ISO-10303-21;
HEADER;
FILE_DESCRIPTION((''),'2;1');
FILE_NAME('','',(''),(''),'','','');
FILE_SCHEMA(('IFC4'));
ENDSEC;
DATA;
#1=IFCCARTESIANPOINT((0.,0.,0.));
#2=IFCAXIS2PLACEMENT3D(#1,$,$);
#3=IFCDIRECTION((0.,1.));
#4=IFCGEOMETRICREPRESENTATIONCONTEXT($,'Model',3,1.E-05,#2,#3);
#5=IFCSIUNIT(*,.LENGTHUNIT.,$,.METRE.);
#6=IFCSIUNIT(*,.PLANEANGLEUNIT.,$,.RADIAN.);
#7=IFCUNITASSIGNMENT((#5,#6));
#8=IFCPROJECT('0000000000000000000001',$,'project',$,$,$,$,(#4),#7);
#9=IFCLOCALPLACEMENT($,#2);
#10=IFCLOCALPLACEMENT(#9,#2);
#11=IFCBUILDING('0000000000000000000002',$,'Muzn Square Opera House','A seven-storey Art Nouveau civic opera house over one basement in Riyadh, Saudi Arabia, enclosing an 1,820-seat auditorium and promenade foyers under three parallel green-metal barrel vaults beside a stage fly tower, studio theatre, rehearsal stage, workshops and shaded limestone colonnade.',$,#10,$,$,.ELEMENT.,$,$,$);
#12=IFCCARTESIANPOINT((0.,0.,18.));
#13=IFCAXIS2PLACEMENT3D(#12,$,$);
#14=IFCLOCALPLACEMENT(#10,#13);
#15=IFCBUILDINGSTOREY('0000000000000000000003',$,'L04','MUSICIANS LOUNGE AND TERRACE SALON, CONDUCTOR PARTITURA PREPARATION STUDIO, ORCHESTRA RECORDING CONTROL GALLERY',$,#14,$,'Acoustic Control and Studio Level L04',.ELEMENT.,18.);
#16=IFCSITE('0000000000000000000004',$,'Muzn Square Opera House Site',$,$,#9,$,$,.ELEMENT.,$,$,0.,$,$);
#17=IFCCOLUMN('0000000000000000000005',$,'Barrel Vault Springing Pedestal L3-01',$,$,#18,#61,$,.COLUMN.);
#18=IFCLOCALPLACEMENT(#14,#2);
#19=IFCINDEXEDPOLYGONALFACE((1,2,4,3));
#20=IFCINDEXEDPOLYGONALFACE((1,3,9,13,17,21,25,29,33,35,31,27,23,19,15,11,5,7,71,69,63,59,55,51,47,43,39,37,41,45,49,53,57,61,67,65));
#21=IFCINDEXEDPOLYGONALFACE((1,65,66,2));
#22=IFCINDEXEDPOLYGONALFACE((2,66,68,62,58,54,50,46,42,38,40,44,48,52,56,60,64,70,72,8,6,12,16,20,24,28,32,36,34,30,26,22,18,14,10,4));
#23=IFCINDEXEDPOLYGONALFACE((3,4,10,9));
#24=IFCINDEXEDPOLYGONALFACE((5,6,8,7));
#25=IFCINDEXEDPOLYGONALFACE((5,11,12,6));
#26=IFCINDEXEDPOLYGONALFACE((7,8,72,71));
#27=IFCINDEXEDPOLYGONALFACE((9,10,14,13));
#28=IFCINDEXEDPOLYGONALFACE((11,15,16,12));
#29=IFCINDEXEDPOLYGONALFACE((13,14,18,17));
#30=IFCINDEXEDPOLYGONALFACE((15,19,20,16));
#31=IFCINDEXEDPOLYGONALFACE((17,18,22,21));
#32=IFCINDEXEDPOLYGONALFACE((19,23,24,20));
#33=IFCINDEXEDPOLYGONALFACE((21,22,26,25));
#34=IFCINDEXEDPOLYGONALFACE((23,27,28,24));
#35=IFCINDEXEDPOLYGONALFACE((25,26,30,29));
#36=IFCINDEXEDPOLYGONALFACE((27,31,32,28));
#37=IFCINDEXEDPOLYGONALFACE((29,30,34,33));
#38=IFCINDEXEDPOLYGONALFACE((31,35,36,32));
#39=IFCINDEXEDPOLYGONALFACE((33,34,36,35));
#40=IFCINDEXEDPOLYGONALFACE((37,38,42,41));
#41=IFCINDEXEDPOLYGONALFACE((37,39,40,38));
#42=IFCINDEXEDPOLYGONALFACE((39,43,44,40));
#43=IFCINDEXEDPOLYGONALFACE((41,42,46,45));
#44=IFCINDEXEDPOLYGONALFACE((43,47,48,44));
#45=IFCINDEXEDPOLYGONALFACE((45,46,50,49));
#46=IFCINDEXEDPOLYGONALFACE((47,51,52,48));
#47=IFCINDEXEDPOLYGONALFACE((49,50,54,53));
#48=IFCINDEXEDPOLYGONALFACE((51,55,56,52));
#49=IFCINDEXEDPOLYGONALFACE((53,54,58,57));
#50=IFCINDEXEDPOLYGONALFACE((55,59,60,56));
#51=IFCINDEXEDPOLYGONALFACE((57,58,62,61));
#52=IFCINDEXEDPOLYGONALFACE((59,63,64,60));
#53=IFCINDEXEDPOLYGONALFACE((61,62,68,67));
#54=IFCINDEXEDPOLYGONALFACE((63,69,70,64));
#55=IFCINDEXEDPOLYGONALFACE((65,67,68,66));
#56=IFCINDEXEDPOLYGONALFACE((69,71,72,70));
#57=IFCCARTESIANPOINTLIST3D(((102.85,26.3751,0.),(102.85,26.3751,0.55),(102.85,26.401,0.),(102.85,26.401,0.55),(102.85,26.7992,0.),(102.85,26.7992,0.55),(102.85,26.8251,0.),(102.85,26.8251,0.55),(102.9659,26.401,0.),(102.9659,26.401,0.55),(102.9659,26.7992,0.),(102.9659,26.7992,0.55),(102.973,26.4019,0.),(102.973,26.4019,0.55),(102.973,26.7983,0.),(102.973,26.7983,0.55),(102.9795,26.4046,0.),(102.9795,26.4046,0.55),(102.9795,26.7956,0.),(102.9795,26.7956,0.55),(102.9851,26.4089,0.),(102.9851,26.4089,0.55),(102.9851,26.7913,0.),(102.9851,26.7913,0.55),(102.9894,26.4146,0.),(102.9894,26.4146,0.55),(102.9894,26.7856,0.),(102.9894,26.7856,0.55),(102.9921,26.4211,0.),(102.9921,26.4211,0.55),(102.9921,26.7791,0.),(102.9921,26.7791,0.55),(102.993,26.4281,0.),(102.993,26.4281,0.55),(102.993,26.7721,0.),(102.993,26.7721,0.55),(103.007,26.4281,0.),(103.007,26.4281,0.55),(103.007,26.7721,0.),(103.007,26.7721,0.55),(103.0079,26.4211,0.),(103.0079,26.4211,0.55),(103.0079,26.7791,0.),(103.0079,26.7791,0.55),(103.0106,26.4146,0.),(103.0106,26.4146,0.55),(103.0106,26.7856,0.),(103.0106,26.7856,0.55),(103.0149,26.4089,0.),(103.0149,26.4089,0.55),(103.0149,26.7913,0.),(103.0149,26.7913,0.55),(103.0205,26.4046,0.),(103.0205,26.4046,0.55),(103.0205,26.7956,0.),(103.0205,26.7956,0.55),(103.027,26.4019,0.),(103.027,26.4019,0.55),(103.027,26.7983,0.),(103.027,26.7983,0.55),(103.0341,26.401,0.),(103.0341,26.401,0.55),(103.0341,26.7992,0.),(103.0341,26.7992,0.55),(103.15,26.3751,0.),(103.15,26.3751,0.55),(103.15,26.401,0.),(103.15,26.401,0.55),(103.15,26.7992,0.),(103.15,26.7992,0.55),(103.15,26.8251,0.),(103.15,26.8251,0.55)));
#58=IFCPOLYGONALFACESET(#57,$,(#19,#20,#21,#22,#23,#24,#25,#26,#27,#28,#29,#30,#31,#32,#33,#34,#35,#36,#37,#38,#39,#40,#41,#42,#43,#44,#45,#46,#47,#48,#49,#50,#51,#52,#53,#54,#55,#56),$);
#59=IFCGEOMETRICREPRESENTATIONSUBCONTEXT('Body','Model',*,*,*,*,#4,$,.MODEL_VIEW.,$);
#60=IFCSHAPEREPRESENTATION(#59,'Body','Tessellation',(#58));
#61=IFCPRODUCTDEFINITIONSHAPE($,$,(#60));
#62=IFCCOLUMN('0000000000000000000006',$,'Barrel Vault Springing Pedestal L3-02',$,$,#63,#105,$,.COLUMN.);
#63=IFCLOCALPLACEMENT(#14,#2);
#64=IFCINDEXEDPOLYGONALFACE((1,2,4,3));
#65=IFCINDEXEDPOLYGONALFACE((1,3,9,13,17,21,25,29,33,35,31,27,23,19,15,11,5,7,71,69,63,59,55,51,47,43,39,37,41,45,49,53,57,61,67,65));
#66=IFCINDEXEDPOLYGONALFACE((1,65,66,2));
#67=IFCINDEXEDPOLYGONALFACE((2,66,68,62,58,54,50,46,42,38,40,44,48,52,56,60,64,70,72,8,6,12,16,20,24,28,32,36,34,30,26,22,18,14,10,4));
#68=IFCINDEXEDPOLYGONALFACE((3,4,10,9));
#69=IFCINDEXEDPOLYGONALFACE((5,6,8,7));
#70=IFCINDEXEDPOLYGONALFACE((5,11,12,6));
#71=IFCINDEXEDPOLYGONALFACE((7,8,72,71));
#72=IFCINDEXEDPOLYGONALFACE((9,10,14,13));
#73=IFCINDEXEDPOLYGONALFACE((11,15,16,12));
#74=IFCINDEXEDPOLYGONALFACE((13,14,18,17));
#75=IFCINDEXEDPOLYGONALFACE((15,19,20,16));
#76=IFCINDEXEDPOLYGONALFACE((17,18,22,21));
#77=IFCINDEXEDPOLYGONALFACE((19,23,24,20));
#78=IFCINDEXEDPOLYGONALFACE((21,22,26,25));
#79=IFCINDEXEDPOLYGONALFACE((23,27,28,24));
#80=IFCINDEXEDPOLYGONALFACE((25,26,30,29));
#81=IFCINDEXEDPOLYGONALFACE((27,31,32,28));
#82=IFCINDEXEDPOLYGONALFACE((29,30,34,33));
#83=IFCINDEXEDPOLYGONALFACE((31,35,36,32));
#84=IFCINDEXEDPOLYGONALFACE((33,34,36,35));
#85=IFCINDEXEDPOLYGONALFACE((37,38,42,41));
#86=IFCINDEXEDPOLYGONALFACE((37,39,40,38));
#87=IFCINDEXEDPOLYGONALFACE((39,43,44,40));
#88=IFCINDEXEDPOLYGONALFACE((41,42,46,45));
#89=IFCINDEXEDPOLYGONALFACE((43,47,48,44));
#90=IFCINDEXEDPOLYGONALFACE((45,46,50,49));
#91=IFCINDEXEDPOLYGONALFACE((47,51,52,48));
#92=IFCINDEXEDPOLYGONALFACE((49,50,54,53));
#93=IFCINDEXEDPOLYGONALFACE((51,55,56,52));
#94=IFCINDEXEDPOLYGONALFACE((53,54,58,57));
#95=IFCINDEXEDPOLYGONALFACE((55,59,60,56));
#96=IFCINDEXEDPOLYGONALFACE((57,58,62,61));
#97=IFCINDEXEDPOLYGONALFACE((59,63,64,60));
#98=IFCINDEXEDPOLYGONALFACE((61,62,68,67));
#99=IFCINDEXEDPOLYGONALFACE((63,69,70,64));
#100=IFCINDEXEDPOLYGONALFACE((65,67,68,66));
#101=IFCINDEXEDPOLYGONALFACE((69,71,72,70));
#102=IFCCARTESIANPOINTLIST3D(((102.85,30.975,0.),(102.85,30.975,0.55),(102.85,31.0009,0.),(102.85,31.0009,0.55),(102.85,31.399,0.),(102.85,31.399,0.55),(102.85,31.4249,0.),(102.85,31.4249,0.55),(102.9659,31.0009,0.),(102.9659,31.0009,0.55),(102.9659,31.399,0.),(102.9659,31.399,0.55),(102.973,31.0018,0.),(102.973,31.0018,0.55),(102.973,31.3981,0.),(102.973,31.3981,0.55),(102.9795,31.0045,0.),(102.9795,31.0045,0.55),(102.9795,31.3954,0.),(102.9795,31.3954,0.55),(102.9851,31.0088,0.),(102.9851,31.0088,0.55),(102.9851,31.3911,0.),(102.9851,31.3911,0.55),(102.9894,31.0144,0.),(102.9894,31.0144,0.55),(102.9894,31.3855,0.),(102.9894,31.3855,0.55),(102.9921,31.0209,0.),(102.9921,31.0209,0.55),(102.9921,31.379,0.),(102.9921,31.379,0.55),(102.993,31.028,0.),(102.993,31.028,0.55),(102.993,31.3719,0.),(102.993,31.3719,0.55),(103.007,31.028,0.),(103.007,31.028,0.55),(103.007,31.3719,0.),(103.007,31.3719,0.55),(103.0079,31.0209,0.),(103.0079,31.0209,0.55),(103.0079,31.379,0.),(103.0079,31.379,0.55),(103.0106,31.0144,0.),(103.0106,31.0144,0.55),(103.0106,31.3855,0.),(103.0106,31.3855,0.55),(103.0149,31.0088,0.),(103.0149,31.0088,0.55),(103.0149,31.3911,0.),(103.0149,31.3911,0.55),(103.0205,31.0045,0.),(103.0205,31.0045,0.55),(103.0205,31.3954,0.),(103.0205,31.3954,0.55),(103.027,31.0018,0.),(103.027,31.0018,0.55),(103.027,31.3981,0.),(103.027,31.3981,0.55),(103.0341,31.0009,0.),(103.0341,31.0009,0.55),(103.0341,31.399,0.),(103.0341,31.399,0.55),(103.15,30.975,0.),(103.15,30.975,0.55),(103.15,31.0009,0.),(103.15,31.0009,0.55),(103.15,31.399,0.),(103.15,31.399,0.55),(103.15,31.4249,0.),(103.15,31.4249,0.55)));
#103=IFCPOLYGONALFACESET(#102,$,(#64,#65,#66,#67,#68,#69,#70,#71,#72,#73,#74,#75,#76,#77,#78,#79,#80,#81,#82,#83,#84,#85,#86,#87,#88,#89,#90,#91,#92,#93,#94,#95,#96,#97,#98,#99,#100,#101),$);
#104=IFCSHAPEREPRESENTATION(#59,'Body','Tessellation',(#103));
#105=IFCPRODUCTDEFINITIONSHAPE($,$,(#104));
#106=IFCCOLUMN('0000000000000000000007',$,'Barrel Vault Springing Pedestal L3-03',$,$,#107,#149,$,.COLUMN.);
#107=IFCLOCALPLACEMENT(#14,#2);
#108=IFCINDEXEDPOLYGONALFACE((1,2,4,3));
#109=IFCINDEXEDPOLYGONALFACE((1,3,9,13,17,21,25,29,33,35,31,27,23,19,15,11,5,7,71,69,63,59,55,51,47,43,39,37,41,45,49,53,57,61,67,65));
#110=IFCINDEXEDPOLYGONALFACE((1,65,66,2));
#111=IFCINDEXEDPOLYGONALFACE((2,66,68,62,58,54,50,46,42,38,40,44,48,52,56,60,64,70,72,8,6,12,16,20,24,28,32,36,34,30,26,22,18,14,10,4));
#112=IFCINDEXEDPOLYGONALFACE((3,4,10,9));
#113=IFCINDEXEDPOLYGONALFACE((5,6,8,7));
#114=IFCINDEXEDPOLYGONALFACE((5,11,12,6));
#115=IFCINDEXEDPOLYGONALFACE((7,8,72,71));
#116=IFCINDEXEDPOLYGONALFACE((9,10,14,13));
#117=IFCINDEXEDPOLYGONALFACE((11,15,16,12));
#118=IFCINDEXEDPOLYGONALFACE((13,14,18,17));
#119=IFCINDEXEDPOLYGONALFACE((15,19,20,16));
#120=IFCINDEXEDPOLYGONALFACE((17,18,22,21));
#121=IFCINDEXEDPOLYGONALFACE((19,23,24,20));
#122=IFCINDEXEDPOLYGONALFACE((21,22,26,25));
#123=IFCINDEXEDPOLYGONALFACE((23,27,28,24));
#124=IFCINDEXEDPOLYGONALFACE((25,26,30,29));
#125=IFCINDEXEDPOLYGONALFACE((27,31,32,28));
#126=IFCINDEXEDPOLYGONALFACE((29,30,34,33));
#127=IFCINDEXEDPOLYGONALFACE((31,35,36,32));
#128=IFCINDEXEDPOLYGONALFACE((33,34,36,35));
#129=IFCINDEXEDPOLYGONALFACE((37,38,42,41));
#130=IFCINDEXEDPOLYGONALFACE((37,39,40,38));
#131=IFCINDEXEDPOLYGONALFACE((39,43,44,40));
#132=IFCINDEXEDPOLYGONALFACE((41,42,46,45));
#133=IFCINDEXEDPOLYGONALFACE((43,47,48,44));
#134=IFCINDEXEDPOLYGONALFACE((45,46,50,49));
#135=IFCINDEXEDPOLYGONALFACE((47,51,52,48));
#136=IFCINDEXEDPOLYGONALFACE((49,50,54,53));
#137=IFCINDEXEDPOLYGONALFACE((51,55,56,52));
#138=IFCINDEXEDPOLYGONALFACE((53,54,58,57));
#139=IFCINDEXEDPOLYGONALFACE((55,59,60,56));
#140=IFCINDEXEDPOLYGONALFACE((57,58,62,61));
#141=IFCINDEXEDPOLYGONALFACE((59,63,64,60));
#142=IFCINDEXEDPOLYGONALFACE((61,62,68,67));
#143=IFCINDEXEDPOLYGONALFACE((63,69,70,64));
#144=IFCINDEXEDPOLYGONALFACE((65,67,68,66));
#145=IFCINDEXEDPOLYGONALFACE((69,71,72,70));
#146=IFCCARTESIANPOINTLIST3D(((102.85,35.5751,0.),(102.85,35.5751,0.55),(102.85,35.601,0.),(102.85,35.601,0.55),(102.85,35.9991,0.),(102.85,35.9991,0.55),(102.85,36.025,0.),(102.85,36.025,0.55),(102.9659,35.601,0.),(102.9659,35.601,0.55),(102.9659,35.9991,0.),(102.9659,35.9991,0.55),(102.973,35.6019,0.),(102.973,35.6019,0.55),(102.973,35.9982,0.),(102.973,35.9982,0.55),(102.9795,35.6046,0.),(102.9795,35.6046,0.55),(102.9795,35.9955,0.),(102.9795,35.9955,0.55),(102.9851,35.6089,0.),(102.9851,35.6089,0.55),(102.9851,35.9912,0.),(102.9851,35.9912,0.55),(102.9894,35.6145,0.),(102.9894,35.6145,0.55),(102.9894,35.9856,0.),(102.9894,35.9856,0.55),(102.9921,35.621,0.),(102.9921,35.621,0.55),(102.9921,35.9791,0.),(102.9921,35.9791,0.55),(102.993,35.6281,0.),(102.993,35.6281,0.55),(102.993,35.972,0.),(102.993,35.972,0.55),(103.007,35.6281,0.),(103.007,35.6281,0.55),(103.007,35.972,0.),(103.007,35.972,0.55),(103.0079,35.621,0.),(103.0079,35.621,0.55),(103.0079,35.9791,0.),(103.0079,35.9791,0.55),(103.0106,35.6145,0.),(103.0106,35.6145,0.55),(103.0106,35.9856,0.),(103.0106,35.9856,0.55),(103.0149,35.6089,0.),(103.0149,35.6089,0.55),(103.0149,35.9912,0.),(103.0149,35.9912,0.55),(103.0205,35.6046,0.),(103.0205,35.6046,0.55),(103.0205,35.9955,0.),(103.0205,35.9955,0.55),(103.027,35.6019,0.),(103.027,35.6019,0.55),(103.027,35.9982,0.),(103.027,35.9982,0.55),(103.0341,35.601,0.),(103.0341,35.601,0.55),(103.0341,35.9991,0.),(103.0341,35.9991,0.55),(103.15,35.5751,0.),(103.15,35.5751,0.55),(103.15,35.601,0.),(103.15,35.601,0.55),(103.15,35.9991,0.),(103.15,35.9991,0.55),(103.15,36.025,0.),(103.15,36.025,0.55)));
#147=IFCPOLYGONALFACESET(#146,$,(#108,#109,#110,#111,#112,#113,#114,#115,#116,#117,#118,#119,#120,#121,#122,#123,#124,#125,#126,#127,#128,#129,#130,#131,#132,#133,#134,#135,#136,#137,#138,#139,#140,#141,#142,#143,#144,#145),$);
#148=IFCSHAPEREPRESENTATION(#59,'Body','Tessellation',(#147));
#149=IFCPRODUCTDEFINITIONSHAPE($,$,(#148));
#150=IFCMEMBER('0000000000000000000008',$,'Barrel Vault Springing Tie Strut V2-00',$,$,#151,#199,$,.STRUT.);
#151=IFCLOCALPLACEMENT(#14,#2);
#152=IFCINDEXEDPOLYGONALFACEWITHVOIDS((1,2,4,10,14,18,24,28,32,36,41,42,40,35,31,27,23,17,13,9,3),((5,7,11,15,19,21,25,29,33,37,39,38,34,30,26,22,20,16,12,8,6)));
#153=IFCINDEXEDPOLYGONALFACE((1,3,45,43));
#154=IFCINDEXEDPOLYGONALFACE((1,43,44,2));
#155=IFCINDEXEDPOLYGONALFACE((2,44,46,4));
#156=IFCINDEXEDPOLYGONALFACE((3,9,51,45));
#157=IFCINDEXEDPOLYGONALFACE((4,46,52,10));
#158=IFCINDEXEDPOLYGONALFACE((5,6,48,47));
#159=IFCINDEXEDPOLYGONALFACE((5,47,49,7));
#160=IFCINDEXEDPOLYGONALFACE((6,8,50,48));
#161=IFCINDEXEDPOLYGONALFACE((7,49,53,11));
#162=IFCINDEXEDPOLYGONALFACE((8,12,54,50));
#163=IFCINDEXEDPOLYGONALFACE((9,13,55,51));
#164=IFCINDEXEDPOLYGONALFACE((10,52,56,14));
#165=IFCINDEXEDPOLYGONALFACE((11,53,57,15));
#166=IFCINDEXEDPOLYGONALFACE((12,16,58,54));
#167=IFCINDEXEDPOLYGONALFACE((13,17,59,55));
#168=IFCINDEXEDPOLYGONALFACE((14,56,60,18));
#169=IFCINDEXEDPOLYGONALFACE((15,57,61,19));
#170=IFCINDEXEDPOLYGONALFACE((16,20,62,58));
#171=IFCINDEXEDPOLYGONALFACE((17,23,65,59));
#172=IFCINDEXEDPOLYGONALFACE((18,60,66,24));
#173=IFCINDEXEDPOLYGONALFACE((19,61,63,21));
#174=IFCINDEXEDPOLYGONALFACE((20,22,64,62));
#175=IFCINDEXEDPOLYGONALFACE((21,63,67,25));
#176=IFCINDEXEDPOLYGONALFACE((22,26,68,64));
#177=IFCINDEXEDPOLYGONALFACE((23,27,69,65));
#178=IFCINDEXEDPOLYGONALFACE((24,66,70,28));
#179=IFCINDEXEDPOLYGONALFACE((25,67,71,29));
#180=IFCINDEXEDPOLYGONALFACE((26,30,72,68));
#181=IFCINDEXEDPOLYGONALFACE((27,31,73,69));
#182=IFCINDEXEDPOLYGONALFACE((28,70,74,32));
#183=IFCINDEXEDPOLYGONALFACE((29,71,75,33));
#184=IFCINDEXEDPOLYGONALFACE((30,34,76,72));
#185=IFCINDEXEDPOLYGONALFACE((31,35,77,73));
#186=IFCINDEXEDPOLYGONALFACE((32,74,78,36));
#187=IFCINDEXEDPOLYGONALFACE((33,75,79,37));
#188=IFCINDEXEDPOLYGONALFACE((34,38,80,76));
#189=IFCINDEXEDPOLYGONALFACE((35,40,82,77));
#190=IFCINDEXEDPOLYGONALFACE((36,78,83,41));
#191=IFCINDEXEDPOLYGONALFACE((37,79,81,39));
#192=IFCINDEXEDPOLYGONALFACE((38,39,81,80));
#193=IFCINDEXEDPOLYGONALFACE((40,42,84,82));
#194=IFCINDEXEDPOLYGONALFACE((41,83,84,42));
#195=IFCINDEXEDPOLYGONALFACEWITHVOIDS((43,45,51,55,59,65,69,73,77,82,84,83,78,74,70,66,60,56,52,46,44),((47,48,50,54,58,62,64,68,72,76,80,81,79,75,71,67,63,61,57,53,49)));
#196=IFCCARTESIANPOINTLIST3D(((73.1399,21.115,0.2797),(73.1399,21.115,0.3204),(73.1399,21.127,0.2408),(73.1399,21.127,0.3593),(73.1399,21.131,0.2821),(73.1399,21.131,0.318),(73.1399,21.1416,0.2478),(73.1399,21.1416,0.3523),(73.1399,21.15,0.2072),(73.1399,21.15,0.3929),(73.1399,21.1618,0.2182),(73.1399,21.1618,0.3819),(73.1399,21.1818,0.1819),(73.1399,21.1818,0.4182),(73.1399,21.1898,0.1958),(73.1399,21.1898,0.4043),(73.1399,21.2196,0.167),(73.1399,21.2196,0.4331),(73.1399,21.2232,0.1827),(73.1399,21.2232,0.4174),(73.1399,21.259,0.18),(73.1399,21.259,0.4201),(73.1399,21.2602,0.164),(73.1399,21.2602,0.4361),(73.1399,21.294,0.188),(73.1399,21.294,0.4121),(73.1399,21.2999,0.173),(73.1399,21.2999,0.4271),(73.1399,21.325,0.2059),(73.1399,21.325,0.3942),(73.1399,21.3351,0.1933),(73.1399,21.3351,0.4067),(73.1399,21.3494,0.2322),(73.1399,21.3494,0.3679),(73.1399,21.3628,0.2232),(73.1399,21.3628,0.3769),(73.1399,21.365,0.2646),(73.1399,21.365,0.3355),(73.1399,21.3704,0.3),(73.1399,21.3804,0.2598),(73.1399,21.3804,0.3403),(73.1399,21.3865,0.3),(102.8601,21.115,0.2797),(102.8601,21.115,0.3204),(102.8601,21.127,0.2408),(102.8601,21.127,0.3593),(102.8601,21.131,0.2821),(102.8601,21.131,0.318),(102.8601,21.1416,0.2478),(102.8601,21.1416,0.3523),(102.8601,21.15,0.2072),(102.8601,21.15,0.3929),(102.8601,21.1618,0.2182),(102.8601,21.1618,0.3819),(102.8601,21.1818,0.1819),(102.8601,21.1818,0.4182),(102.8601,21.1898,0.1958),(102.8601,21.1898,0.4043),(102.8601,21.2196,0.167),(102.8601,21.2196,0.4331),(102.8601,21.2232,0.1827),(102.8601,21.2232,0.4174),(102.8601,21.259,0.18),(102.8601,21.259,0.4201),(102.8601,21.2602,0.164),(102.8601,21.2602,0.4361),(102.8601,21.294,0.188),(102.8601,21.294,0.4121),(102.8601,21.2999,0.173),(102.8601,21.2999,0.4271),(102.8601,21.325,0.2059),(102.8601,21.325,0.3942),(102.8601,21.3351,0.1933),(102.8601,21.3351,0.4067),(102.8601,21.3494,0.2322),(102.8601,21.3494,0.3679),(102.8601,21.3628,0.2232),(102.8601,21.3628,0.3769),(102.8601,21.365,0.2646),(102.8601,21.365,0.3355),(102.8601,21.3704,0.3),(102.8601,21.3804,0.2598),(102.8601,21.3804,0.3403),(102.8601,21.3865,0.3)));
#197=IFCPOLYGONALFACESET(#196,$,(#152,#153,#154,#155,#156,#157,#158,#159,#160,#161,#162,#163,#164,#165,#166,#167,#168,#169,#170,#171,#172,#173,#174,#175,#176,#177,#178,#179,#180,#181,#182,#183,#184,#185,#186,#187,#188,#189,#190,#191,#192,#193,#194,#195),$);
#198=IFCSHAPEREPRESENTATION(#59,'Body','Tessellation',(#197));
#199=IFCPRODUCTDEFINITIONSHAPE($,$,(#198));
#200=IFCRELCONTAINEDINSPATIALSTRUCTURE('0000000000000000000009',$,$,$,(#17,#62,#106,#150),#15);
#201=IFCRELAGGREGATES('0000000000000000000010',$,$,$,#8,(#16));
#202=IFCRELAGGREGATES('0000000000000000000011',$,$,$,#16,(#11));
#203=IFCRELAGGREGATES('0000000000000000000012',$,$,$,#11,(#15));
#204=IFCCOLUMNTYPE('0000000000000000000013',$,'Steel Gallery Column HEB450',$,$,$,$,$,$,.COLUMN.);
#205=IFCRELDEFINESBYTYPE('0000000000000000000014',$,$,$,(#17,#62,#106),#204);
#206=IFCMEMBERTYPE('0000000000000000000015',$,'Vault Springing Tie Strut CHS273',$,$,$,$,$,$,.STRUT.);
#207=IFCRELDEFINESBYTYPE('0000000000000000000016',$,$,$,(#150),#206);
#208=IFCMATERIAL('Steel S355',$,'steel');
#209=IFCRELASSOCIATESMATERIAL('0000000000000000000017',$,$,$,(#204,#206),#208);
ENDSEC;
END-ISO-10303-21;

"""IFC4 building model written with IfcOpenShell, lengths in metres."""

from ifc_helpers import new_model, si_unit, direction, frame, origin, origin_2d, place, context, subcontext, project, spatial, hollow_circle, i_section, extrude, material, material_profile, profile_set, type_object, element, save


model = new_model("IFC4")

# Units and contexts
model_context = context("Model", 3, precision=1e-05, world=origin(), true_north=direction((0.0, 1.0)))
body_context = subcontext(model_context, "Body", "Model", "MODEL_VIEW")
ifc_project = project(units=[si_unit("LENGTHUNIT", "METRE"), si_unit("PLANEANGLEUNIT", "RADIAN")], contexts=[model_context])

# Site, building, storey
site_placement = place(None, origin())
site = spatial("IfcSite", under=ifc_project, at=site_placement, Name="Muzn Square Opera House Site", CompositionType="ELEMENT", RefElevation=0.0)
building_placement = place(site_placement, origin())
building = spatial("IfcBuilding", under=site, at=building_placement, Name="Muzn Square Opera House", Description="A seven-storey Art Nouveau civic opera house over one basement in Riyadh, Saudi Arabia, enclosing an 1,820-seat auditorium and promenade foyers under three parallel green-metal barrel vaults beside a stage fly tower, studio theatre, rehearsal stage, workshops and shaded limestone colonnade.", CompositionType="ELEMENT")
storey_placement = place(building_placement, frame((0.0, 0.0, 18.0)))
storey = spatial("IfcBuildingStorey", under=building, at=storey_placement, Name="L04", Description="MUSICIANS LOUNGE AND TERRACE SALON, CONDUCTOR PARTITURA PREPARATION STUDIO, ORCHESTRA RECORDING CONTROL GALLERY", LongName="Acoustic Control and Studio Level L04", CompositionType="ELEMENT", Elevation=18.0)

# Columns
ifc_material = material(Name="Steel S355", Category="steel")
ifc_material_profile_1 = material_profile(ifc_material, i_section(OverallWidth=0.3, OverallDepth=0.45, WebThickness=0.0139, FlangeThickness=0.0259, FilletRadius=0.0271, at=origin_2d()), Name="HEB 450", Category="steel")
ifc_profile_set_1 = profile_set([ifc_material_profile_1], Name="Steel S355")
column_type = type_object("IfcColumnType", Name="Steel Gallery Column HEB450", PredefinedType="COLUMN", material=ifc_profile_set_1)
for number, where, z_axis, x_axis, name in (
    (1, (103.0, 26.6001, 0.0), (0.0, 0.0, 1.0), (1.0, 0.0, 0.0), "Barrel Vault Springing Pedestal L3-01"),
    (2, (103.0, 31.2, 0.0), (0.0, 0.0, 1.0), (1.0, 0.0, 0.0), "Barrel Vault Springing Pedestal L3-02"),
    (3, (103.0, 35.8, 0.0), (0.0, 0.0, 1.0), (1.0, 0.0, 0.0), "Barrel Vault Springing Pedestal L3-03"),
):
    element("IfcColumn", number, at=place(storey_placement, frame(where, z_axis=z_axis, x_axis=x_axis)), inside=storey, type_object=column_type, Name=name, PredefinedType="COLUMN", context=body_context, shape_type="SweptSolid", body=[
        extrude(i_section(OverallWidth=0.3, OverallDepth=0.45, WebThickness=0.0139, FlangeThickness=0.0259, FilletRadius=0.0271, at=origin_2d()), origin(), (0.0, 0.0, 1.0), 0.55),
    ])

# Member
ifc_material_profile_2 = material_profile(ifc_material, hollow_circle(Radius=0.1365, WallThickness=0.0161, at=origin_2d()), Name="CHS 273x16", Category="steel")
ifc_profile_set_2 = profile_set([ifc_material_profile_2], Name="Steel S355")
member_type = type_object("IfcMemberType", Name="Vault Springing Tie Strut CHS273", PredefinedType="STRUT", material=ifc_profile_set_2)
for number, where, z_axis, x_axis, name in (
    (4, (73.1399, 21.25, 0.3), (1.0, 0.0, 0.0), (0.0, 1.0, 0.0), "Barrel Vault Springing Tie Strut V2-00"),
):
    element("IfcMember", number, at=place(storey_placement, frame(where, z_axis=z_axis, x_axis=x_axis)), inside=storey, type_object=member_type, Name=name, PredefinedType="STRUT", context=body_context, shape_type="SweptSolid", body=[
        extrude(hollow_circle(Radius=0.1365, WallThickness=0.0161, at=origin_2d()), origin(), (0.0, 0.0, 1.0), 29.7202),
    ])

save(model, "model.ifc")
